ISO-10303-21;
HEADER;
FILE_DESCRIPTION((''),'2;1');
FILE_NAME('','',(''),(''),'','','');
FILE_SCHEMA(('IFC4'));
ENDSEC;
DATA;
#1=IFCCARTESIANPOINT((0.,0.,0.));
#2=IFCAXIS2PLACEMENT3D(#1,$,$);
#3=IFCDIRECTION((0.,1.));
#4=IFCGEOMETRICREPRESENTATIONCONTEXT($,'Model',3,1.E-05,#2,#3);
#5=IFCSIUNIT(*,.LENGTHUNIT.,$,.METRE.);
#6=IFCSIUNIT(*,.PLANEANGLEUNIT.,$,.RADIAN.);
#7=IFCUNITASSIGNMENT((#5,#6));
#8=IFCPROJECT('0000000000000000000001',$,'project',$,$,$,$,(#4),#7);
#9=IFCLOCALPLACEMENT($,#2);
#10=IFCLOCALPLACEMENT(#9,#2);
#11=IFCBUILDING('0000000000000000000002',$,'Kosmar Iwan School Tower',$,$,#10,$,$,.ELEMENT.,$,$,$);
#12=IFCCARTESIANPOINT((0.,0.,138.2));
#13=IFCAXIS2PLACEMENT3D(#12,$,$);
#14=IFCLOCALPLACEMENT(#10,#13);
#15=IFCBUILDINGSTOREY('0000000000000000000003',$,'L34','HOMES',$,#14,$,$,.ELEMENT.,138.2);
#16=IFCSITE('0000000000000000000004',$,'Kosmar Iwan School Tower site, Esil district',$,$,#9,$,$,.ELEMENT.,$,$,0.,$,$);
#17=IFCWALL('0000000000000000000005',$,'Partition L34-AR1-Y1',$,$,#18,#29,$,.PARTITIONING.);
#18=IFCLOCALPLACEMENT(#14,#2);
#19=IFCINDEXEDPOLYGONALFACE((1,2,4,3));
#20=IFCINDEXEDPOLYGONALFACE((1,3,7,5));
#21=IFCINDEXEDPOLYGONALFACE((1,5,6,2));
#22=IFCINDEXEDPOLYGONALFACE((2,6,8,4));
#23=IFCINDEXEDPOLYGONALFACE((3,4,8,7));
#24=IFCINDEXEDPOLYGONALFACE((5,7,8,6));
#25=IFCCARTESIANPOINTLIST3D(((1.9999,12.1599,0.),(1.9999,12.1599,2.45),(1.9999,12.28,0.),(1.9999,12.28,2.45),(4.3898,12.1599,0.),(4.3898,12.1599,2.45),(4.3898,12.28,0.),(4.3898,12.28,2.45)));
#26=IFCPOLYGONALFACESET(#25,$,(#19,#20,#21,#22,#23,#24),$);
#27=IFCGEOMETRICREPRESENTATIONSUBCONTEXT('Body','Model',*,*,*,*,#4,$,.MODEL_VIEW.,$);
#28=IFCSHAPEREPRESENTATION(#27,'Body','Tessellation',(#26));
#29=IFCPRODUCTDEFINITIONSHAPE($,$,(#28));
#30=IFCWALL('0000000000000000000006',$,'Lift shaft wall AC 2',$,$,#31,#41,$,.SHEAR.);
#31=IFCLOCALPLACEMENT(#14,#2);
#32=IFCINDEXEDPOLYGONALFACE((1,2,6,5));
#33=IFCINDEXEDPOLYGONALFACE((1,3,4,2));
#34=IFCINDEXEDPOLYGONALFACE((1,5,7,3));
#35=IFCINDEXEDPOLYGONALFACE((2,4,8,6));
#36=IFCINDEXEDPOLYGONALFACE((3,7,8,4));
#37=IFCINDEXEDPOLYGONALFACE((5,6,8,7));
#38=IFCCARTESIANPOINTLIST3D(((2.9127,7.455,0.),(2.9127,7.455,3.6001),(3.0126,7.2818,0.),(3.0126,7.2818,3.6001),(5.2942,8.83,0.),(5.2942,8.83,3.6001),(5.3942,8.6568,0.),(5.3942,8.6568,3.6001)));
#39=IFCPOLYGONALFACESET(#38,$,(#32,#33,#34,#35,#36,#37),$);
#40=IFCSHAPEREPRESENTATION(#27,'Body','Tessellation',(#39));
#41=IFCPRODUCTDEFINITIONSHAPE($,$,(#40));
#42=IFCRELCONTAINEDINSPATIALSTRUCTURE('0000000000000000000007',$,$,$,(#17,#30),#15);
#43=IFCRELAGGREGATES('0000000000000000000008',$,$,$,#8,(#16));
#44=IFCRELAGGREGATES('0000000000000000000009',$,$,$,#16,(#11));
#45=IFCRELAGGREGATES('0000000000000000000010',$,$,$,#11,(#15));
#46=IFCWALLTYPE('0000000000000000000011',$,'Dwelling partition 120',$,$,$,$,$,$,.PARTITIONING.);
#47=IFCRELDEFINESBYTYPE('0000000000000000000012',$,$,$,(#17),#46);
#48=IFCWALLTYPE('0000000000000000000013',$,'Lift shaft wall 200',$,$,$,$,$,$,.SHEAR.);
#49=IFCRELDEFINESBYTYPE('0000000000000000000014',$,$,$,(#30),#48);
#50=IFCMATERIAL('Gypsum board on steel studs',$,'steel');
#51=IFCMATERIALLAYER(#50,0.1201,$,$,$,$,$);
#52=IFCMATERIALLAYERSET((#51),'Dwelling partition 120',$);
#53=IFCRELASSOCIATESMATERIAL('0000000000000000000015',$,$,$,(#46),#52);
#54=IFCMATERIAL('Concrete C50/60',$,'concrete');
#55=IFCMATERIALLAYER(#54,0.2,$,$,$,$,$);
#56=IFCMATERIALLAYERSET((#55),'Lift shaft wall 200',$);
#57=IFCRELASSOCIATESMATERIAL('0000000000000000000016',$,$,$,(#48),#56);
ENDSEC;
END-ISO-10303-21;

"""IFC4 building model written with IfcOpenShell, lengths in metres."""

from ifc_helpers import new_model, si_unit, direction, frame, frame_2d, origin, place, context, subcontext, project, spatial, rectangle, extrude, material, layer, layer_set, type_object, element, save


model = new_model("IFC4")

# Units and contexts
model_context = context("Model", 3, precision=1e-05, world=origin(), true_north=direction((0.0, 1.0)))
body_context = subcontext(model_context, "Body", "Model", "MODEL_VIEW")
ifc_project = project(units=[si_unit("LENGTHUNIT", "METRE"), si_unit("PLANEANGLEUNIT", "RADIAN")], contexts=[model_context])

# Site, building, storey
site_placement = place(None, origin())
site = spatial("IfcSite", under=ifc_project, at=site_placement, Name="Kosmar Iwan School Tower site, Esil district", CompositionType="ELEMENT", RefElevation=0.0)
building_placement = place(site_placement, origin())
building = spatial("IfcBuilding", under=site, at=building_placement, Name="Kosmar Iwan School Tower", CompositionType="ELEMENT")
storey_placement = place(building_placement, frame((0.0, 0.0, 138.2)))
storey = spatial("IfcBuildingStorey", under=building, at=storey_placement, Name="L34", Description="HOMES", CompositionType="ELEMENT", Elevation=138.2)

# Shared definitions
ifc_material_1 = material(Name="Gypsum board on steel studs", Category="steel")
ifc_layer_1 = layer(ifc_material_1, 0.1201)
ifc_layer_set_1 = layer_set([ifc_layer_1], Name="Dwelling partition 120")
wall_type_1 = type_object("IfcWallType", Name="Dwelling partition 120", PredefinedType="PARTITIONING", material=ifc_layer_set_1)

# Walls
wall_1_placement = place(storey_placement, frame((2.0, 12.22, 0.0), z_axis=(0.0, 0.0, 1.0), x_axis=(1.0, 0.0, 0.0)))
element("IfcWall", 1, at=wall_1_placement, inside=storey, type_object=wall_type_1, Name="Partition L34-AR1-Y1", PredefinedType="PARTITIONING", context=body_context, shape_type="SweptSolid", body=[
    extrude(rectangle(XDim=2.3899, YDim=0.1201, at=frame_2d((1.1948, 0.0))), origin(), (0.0, 0.0, 1.0), 2.45),
])
ifc_material_2 = material(Name="Concrete C50/60", Category="concrete")
ifc_layer_2 = layer(ifc_material_2, 0.2)
ifc_layer_set_2 = layer_set([ifc_layer_2], Name="Lift shaft wall 200")
wall_type_2 = type_object("IfcWallType", Name="Lift shaft wall 200", PredefinedType="SHEAR", material=ifc_layer_set_2)
wall_2_placement = place(storey_placement, frame((2.9626, 7.3684, 0.0), z_axis=(0.0, 0.0, 1.0), x_axis=(0.866027, 0.499997, 0.0)))
element("IfcWall", 2, at=wall_2_placement, inside=storey, type_object=wall_type_2, Name="Lift shaft wall AC 2", PredefinedType="SHEAR", context=body_context, shape_type="SweptSolid", body=[
    extrude(rectangle(XDim=2.75, YDim=0.2, at=frame_2d((1.375, 0.0))), origin(), (0.0, 0.0, 1.0), 3.6001),
])

save(model, "model.ifc")
